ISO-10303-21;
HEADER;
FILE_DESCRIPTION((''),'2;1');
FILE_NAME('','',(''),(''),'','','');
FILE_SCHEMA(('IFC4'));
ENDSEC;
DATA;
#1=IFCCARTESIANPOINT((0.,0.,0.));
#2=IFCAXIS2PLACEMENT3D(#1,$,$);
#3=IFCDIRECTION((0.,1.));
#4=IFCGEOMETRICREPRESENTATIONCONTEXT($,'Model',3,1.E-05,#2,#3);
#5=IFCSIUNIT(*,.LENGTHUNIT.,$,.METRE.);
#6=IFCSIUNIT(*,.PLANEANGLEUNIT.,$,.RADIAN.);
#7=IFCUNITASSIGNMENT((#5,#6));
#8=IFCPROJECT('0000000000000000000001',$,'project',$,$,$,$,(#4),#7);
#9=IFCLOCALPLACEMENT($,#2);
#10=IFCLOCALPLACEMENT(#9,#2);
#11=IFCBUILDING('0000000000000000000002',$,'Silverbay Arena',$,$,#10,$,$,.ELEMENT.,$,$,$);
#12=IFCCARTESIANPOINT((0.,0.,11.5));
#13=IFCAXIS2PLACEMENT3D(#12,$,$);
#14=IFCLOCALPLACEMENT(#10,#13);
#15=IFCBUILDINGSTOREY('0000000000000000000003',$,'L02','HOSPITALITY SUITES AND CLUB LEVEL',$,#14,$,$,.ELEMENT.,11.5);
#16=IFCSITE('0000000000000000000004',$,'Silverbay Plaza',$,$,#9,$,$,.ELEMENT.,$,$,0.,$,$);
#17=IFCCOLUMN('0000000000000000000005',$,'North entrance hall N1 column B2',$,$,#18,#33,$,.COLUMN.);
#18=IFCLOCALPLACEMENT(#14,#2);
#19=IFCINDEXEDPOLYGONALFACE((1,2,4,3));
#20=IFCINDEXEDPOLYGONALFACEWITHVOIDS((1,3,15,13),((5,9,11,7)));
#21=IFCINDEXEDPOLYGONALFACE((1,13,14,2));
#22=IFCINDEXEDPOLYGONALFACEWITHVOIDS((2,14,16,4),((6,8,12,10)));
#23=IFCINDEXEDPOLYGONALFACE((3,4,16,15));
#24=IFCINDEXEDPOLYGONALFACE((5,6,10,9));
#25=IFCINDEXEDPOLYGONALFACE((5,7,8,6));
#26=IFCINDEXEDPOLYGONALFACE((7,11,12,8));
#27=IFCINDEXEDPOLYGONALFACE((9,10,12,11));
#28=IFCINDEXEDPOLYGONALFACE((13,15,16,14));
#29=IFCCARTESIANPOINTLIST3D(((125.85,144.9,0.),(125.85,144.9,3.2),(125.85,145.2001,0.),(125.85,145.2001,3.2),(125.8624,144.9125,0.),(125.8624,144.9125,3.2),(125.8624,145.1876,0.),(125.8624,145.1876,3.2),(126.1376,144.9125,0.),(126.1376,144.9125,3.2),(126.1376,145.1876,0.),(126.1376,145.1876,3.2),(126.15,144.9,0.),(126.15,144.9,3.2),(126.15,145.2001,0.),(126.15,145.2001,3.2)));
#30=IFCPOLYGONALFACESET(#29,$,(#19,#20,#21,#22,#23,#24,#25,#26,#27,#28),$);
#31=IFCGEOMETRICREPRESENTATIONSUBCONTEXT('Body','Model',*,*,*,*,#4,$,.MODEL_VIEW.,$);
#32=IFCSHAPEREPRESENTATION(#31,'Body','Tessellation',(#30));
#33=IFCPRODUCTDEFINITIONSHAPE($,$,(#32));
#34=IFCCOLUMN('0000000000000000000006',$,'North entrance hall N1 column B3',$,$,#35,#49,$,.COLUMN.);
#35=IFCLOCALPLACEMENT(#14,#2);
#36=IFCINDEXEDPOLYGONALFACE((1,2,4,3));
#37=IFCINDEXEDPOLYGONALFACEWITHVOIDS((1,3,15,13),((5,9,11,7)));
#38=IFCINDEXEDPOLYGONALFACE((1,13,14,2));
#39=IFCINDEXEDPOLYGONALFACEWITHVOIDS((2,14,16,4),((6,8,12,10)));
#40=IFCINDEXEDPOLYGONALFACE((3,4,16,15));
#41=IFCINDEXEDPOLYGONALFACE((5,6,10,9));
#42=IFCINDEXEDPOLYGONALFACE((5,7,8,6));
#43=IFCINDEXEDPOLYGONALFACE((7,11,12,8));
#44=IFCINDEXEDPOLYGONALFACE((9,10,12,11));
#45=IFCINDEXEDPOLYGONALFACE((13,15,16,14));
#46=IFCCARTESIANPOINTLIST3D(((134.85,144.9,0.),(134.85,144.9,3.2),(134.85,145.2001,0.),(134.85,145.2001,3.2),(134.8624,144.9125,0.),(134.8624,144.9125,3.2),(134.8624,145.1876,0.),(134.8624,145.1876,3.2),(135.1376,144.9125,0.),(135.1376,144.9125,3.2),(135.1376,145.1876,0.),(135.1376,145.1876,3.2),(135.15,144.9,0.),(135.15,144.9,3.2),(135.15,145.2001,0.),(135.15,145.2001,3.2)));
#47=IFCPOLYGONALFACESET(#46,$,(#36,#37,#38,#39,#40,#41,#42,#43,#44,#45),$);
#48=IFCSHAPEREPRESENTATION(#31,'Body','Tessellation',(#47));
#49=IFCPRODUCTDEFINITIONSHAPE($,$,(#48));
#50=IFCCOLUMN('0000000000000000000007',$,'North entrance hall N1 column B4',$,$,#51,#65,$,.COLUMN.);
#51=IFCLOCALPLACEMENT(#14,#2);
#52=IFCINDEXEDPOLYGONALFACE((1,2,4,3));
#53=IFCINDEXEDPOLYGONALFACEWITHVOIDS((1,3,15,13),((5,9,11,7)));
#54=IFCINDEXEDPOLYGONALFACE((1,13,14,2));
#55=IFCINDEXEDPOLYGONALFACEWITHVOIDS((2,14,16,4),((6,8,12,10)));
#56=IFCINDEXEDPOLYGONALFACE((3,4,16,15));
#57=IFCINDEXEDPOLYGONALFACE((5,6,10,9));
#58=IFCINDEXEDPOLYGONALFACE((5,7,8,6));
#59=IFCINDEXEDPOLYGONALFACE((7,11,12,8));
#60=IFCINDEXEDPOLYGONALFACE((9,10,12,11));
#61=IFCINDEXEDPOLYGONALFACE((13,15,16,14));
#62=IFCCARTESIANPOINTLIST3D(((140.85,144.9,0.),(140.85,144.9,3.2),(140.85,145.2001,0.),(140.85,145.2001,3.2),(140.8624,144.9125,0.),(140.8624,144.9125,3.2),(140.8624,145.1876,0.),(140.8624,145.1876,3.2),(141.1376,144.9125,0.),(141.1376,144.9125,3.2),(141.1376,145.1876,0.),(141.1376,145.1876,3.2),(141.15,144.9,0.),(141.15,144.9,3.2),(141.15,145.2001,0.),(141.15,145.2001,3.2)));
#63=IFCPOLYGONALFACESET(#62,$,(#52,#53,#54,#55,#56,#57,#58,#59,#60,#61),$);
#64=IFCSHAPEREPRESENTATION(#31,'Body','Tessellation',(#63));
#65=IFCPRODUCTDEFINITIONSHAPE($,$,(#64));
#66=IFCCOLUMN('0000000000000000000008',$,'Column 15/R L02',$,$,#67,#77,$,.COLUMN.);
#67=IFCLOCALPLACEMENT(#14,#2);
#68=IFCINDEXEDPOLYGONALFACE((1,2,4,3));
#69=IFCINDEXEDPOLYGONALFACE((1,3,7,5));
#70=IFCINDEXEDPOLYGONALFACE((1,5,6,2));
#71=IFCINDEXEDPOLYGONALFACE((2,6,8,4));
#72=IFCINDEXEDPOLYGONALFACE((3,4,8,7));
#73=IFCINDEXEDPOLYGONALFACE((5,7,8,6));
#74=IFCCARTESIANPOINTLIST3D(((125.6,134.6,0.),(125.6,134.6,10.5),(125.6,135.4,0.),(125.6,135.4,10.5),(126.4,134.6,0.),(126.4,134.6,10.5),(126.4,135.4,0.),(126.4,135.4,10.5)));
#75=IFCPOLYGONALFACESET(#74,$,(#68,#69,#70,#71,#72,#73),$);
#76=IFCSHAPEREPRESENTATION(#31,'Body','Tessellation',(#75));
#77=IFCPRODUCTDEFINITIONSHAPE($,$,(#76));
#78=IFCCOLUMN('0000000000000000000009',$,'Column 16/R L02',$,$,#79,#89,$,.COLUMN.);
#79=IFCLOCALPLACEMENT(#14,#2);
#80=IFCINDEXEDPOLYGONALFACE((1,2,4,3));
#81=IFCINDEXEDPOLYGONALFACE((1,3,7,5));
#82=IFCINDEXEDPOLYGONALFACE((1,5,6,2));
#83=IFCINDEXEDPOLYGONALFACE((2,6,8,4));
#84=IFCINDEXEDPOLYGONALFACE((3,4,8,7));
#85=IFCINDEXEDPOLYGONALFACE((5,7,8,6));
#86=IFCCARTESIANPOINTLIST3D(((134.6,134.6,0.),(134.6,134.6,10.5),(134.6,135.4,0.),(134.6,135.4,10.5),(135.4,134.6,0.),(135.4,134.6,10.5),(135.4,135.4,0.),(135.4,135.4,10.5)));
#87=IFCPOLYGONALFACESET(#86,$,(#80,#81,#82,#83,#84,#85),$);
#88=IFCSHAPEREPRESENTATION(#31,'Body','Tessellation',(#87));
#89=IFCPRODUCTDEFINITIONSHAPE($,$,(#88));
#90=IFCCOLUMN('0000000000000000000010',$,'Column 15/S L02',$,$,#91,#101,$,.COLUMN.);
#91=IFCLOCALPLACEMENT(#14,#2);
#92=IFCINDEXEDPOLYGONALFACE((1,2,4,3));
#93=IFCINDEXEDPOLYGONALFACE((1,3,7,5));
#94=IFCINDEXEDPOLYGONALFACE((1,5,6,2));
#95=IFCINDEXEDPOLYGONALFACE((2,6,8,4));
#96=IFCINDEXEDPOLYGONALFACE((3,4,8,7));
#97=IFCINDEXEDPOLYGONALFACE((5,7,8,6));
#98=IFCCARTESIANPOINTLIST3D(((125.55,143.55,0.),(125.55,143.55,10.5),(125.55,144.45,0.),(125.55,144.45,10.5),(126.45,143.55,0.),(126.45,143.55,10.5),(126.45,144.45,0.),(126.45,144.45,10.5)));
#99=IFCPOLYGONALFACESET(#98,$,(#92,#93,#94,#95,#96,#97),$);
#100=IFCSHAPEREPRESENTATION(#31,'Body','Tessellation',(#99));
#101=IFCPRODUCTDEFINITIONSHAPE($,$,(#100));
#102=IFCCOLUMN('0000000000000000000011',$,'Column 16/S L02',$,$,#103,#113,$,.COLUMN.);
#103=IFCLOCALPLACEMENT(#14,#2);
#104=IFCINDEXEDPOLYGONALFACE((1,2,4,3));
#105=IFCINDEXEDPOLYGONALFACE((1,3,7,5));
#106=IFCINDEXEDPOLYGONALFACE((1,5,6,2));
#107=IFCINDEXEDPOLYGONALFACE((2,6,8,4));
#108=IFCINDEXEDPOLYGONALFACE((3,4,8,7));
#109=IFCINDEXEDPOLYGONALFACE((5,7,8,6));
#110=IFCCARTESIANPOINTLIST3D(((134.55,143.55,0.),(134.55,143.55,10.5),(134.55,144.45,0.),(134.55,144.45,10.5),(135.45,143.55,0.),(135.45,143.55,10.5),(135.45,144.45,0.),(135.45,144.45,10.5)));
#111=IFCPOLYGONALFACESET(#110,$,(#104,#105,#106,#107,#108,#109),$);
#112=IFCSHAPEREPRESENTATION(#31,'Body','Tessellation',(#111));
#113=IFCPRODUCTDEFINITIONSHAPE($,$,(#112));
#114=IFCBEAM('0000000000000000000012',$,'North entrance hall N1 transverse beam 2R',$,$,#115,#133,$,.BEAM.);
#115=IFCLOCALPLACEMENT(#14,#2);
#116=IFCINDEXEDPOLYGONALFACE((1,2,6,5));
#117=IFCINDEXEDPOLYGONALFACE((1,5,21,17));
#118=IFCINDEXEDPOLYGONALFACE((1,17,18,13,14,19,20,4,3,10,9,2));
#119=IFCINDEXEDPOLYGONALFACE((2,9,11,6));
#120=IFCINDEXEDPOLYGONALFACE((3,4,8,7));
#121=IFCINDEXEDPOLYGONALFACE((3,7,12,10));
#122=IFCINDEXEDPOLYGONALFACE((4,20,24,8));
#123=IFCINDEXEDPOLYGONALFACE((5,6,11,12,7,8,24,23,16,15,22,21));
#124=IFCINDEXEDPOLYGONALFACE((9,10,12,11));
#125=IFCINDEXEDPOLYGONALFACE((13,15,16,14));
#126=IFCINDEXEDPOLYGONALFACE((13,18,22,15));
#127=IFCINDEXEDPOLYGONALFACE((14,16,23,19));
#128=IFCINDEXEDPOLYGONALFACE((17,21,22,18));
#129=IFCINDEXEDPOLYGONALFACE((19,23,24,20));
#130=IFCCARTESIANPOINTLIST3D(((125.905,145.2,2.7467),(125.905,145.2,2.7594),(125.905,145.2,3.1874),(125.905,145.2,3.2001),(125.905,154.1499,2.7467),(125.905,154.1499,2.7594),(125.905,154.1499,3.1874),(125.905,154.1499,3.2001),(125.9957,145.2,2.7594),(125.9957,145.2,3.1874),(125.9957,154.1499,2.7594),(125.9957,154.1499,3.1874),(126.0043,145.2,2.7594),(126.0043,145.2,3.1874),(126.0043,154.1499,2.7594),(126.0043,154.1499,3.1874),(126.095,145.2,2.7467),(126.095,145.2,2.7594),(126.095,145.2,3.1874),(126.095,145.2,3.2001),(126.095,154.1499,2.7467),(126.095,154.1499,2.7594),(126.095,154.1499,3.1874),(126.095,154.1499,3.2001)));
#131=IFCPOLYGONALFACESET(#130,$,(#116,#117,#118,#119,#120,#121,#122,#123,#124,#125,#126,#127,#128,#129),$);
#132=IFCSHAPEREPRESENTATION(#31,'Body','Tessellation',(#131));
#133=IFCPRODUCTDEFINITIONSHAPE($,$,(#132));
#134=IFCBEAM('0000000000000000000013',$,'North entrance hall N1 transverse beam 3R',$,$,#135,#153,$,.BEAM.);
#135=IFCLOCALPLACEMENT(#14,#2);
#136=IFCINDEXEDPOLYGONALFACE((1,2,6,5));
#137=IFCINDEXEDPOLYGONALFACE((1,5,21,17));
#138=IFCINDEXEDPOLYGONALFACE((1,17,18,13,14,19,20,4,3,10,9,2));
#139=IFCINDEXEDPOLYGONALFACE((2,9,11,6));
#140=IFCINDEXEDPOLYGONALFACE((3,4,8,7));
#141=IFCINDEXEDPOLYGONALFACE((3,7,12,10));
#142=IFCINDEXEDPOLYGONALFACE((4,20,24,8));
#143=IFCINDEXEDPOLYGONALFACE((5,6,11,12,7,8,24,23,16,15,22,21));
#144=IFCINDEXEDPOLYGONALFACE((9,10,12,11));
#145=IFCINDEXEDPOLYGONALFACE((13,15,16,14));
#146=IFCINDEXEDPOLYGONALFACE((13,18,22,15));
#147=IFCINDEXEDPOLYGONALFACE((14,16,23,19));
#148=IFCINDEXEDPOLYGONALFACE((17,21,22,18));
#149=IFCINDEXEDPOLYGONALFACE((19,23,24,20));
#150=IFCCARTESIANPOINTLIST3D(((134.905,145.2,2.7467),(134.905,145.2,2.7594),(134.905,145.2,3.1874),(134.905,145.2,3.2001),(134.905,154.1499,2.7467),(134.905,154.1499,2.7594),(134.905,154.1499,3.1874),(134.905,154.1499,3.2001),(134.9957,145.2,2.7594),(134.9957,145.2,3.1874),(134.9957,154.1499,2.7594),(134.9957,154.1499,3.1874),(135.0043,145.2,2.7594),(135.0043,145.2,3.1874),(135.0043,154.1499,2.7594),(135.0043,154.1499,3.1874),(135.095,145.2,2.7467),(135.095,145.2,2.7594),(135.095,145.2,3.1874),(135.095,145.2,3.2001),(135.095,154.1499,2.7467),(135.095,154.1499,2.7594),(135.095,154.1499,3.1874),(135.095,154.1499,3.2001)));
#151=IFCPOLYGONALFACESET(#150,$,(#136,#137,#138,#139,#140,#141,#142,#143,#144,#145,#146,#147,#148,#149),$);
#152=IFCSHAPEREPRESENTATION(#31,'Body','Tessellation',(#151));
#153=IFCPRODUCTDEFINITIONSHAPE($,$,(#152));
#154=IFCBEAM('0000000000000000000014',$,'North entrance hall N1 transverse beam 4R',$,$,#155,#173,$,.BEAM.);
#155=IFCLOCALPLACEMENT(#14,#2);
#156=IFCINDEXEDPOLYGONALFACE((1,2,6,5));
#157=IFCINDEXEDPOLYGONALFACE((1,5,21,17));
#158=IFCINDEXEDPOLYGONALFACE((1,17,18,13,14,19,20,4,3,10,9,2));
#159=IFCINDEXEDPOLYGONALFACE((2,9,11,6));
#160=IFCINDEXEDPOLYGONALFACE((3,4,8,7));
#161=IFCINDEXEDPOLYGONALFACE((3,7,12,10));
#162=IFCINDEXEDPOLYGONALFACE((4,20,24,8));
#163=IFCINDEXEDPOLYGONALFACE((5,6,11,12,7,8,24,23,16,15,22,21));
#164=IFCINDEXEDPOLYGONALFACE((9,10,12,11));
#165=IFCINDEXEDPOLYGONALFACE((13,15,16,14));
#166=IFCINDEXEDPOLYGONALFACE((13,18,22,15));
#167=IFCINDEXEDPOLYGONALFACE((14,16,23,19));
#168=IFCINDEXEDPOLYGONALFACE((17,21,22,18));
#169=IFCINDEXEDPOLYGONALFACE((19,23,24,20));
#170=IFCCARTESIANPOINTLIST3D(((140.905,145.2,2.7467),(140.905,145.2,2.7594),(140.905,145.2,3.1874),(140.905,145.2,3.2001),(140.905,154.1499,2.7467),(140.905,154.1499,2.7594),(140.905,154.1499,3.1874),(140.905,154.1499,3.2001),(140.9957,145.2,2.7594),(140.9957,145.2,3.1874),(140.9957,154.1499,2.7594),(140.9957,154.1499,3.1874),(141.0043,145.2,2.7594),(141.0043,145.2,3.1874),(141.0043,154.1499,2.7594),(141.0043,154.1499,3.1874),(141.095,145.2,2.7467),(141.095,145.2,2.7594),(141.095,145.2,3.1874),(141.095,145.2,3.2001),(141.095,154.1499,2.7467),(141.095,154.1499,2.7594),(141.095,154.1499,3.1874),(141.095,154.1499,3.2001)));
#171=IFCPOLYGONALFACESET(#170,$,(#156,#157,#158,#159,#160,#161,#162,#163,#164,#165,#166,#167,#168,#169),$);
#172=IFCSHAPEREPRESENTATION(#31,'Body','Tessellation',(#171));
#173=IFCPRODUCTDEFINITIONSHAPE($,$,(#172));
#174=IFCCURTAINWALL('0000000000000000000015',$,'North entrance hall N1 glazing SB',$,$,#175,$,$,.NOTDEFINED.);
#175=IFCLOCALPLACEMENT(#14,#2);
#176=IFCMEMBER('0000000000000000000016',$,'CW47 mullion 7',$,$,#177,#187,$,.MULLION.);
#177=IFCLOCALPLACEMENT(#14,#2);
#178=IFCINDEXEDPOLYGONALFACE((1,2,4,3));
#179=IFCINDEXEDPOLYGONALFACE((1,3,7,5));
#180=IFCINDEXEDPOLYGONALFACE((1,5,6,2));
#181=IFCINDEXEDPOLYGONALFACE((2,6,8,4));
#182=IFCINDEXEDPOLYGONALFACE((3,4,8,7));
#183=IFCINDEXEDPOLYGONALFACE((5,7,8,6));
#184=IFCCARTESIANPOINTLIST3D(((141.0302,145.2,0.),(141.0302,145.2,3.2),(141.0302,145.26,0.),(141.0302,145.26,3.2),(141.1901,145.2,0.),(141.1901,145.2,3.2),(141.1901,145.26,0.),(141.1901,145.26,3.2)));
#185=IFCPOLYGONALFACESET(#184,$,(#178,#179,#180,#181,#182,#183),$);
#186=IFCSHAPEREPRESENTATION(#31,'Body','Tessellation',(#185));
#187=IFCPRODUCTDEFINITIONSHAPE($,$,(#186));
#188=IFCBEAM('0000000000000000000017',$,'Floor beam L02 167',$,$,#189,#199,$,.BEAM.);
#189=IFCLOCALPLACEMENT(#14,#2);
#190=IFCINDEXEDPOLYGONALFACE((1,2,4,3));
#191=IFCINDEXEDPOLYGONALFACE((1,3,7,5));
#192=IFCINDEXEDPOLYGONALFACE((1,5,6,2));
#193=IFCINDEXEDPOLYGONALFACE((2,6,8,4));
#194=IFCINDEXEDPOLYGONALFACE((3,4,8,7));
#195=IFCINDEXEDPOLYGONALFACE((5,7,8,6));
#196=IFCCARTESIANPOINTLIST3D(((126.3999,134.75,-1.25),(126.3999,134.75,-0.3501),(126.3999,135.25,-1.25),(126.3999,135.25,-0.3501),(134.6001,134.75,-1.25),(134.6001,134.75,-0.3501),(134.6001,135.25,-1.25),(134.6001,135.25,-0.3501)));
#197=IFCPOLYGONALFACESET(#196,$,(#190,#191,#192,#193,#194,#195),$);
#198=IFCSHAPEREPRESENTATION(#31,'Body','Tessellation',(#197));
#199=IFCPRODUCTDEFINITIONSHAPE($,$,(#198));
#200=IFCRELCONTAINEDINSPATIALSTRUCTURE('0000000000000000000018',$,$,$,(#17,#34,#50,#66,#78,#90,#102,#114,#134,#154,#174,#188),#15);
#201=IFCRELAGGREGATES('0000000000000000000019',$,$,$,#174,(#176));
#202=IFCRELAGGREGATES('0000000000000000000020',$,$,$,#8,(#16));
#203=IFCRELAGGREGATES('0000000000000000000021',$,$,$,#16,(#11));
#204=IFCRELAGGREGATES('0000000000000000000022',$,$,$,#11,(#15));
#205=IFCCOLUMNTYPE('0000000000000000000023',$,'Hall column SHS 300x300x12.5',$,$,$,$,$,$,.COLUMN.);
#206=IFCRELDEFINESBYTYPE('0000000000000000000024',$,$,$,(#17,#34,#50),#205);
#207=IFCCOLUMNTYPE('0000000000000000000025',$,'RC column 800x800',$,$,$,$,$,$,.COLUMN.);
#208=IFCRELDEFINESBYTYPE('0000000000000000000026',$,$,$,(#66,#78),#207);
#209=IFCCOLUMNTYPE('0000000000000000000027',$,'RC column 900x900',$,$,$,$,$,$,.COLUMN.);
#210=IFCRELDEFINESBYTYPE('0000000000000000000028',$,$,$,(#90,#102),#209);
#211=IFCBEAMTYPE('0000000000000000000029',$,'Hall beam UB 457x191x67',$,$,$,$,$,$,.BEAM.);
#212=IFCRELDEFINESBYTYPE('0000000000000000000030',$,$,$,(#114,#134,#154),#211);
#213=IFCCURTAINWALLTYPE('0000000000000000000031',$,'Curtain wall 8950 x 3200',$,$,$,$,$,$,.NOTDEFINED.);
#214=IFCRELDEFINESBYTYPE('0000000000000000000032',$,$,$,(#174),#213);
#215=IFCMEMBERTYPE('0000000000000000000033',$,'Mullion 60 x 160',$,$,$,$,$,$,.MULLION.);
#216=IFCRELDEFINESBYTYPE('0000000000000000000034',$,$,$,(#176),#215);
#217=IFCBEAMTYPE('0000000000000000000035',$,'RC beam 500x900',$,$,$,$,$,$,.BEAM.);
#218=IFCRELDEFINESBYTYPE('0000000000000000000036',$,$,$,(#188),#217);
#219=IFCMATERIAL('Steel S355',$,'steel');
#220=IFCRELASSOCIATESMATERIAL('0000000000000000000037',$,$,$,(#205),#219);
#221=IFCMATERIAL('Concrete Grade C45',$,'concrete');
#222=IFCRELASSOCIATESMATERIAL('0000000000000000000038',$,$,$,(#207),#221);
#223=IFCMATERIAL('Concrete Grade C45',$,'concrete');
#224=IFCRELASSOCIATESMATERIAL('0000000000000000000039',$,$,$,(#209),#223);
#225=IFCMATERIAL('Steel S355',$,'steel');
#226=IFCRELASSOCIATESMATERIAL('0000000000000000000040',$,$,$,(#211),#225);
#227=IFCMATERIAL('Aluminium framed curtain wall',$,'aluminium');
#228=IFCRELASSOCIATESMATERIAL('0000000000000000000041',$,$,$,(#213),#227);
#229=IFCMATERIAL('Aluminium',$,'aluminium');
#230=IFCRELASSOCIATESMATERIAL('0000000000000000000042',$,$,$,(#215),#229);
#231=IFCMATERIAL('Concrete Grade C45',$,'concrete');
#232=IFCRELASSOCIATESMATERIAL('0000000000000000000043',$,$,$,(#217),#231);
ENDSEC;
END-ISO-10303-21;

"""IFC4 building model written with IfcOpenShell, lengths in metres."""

from ifc_helpers import new_model, si_unit, direction, frame, origin, origin_2d, place, context, subcontext, project, spatial, rectangle, hollow_rectangle, i_section, extrude, material, material_profile, profile_set, type_object, element, aggregate, save


model = new_model("IFC4")

# Units and contexts
model_context = context("Model", 3, precision=1e-05, world=origin(), true_north=direction((0.0, 1.0)))
body_context = subcontext(model_context, "Body", "Model", "MODEL_VIEW")
ifc_project = project(units=[si_unit("LENGTHUNIT", "METRE"), si_unit("PLANEANGLEUNIT", "RADIAN")], contexts=[model_context])

# Site, building, storey
site_placement = place(None, origin())
site = spatial("IfcSite", under=ifc_project, at=site_placement, Name="Silverbay Plaza", CompositionType="ELEMENT", RefElevation=0.0)
building_placement = place(site_placement, origin())
building = spatial("IfcBuilding", under=site, at=building_placement, Name="Silverbay Arena", CompositionType="ELEMENT")
storey_placement = place(building_placement, frame((0.0, 0.0, 11.5)))
storey = spatial("IfcBuildingStorey", under=building, at=storey_placement, Name="L02", Description="HOSPITALITY SUITES AND CLUB LEVEL", CompositionType="ELEMENT", Elevation=11.5)

# Columns
ifc_material_1 = material(Name="Steel S355", Category="steel")
ifc_material_profile_1 = material_profile(ifc_material_1, hollow_rectangle(XDim=0.3, YDim=0.3, WallThickness=0.0125, at=origin_2d()), Name="SHS 300x300x12.5")
ifc_profile_set_1 = profile_set([ifc_material_profile_1], Name="Steel S355")
column_type_1 = type_object("IfcColumnType", Name="Hall column SHS 300x300x12.5", PredefinedType="COLUMN", material=ifc_profile_set_1)
for number, where, z_axis, x_axis, name in (
    (1, (126.0, 145.05, 0.0), (0.0, 0.0, 1.0), (1.0, 0.0, 0.0), "North entrance hall N1 column B2"),
    (2, (135.0, 145.05, 0.0), (0.0, 0.0, 1.0), (1.0, 0.0, 0.0), "North entrance hall N1 column B3"),
    (3, (141.0, 145.05, 0.0), (0.0, 0.0, 1.0), (1.0, 0.0, 0.0), "North entrance hall N1 column B4"),
):
    element("IfcColumn", number, at=place(storey_placement, frame(where, z_axis=z_axis, x_axis=x_axis)), inside=storey, type_object=column_type_1, Name=name, PredefinedType="COLUMN", context=body_context, shape_type="SweptSolid", body=[
        extrude(hollow_rectangle(XDim=0.3, YDim=0.3, WallThickness=0.0125, at=origin_2d()), origin(), (0.0, 0.0, 1.0), 3.2),
    ])
ifc_material_2 = material(Name="Concrete Grade C45", Category="concrete")
ifc_material_profile_2 = material_profile(ifc_material_2, rectangle(XDim=0.8, YDim=0.8, at=origin_2d()), Name="RC 800x800")
ifc_profile_set_2 = profile_set([ifc_material_profile_2], Name="Concrete Grade C45")
column_type_2 = type_object("IfcColumnType", Name="RC column 800x800", PredefinedType="COLUMN", material=ifc_profile_set_2)
for number, where, z_axis, x_axis, name in (
    (4, (126.0, 135.0, 0.0), (0.0, 0.0, 1.0), (1.0, 0.0, 0.0), "Column 15/R L02"),
    (5, (135.0, 135.0, 0.0), (0.0, 0.0, 1.0), (1.0, 0.0, 0.0), "Column 16/R L02"),
):
    element("IfcColumn", number, at=place(storey_placement, frame(where, z_axis=z_axis, x_axis=x_axis)), inside=storey, type_object=column_type_2, Name=name, PredefinedType="COLUMN", context=body_context, shape_type="SweptSolid", body=[
        extrude(rectangle(XDim=0.8, YDim=0.8, at=origin_2d()), origin(), (0.0, 0.0, 1.0), 10.5),
    ])
ifc_material_3 = material(Name="Concrete Grade C45", Category="concrete")
ifc_material_profile_3 = material_profile(ifc_material_3, rectangle(XDim=0.8999, YDim=0.8999, at=origin_2d()), Name="RC 900x900")
ifc_profile_set_3 = profile_set([ifc_material_profile_3], Name="Concrete Grade C45")
column_type_3 = type_object("IfcColumnType", Name="RC column 900x900", PredefinedType="COLUMN", material=ifc_profile_set_3)
for number, where, z_axis, x_axis, name in (
    (6, (126.0, 144.0, 0.0), (0.0, 0.0, 1.0), (1.0, 0.0, 0.0), "Column 15/S L02"),
    (7, (135.0, 144.0, 0.0), (0.0, 0.0, 1.0), (1.0, 0.0, 0.0), "Column 16/S L02"),
):
    element("IfcColumn", number, at=place(storey_placement, frame(where, z_axis=z_axis, x_axis=x_axis)), inside=storey, type_object=column_type_3, Name=name, PredefinedType="COLUMN", context=body_context, shape_type="SweptSolid", body=[
        extrude(rectangle(XDim=0.8999, YDim=0.8999, at=origin_2d()), origin(), (0.0, 0.0, 1.0), 10.5),
    ])

# Beams
ifc_material_4 = material(Name="Steel S355", Category="steel")
ifc_material_profile_4 = material_profile(ifc_material_4, i_section(OverallWidth=0.1899, OverallDepth=0.4534, WebThickness=0.0085, FlangeThickness=0.0127, at=origin_2d()), Name="UB 457x191x67")
ifc_profile_set_4 = profile_set([ifc_material_profile_4], Name="Steel S355")
beam_type_1 = type_object("IfcBeamType", Name="Hall beam UB 457x191x67", PredefinedType="BEAM", material=ifc_profile_set_4)
for number, where, z_axis, x_axis, name in (
    (8, (126.0, 145.2, 2.9734), (0.0, 1.0, 0.0), (-1.0, 0.0, 0.0), "North entrance hall N1 transverse beam 2R"),
    (9, (135.0, 145.2, 2.9734), (0.0, 1.0, 0.0), (-1.0, 0.0, 0.0), "North entrance hall N1 transverse beam 3R"),
    (10, (141.0, 145.2, 2.9734), (0.0, 1.0, 0.0), (-1.0, 0.0, 0.0), "North entrance hall N1 transverse beam 4R"),
):
    element("IfcBeam", number, at=place(storey_placement, frame(where, z_axis=z_axis, x_axis=x_axis)), inside=storey, type_object=beam_type_1, Name=name, PredefinedType="BEAM", context=body_context, shape_type="SweptSolid", body=[
        extrude(i_section(OverallWidth=0.1899, OverallDepth=0.4534, WebThickness=0.0085, FlangeThickness=0.0127, at=origin_2d()), origin(), (0.0, 0.0, 1.0), 8.95),
    ])

# Curtain wall, member
ifc_material_5 = material(Name="Aluminium framed curtain wall", Category="aluminium")
curtain_wall_type = type_object("IfcCurtainWallType", Name="Curtain wall 8950 x 3200", PredefinedType="NOTDEFINED", material=ifc_material_5)
curtain_wall_placement = place(storey_placement, origin())
curtain_wall = element("IfcCurtainWall", 11, at=curtain_wall_placement, inside=storey, type_object=curtain_wall_type, Name="North entrance hall N1 glazing SB", PredefinedType="NOTDEFINED")
ifc_material_6 = material(Name="Aluminium", Category="aluminium")
ifc_material_profile_5 = material_profile(ifc_material_6, rectangle(XDim=0.1599, YDim=0.0601, at=origin_2d()), Name="Mullion 60 x 160")
ifc_profile_set_5 = profile_set([ifc_material_profile_5], Name="Aluminium")
member_type_1 = type_object("IfcMemberType", Name="Mullion 60 x 160", PredefinedType="MULLION", material=ifc_profile_set_5)
member_1_placement = place(storey_placement, frame((141.1101, 145.23, 0.0), z_axis=(0.0, 0.0, 1.0), x_axis=(1.0, 0.0, 0.0)))
member_1 = element("IfcMember", 12, at=member_1_placement, type_object=member_type_1, Name="CW47 mullion 7", PredefinedType="MULLION", context=body_context, shape_type="SweptSolid", body=[
    extrude(rectangle(XDim=0.1599, YDim=0.0601, at=origin_2d()), origin(), (0.0, 0.0, 1.0), 3.2),
])

# Beam
ifc_material_7 = material(Name="Concrete Grade C45", Category="concrete")
ifc_material_profile_6 = material_profile(ifc_material_7, rectangle(XDim=0.5, YDim=0.8999, at=origin_2d()), Name="RC 500x900")
ifc_profile_set_6 = profile_set([ifc_material_profile_6], Name="Concrete Grade C45")
beam_type_2 = type_object("IfcBeamType", Name="RC beam 500x900", PredefinedType="BEAM", material=ifc_profile_set_6)
beam_1_placement = place(storey_placement, frame((126.3999, 135.0, -0.8), z_axis=(1.0, 0.0, 0.0), x_axis=(0.0, 1.0, 0.0)))
element("IfcBeam", 13, at=beam_1_placement, inside=storey, type_object=beam_type_2, Name="Floor beam L02 167", PredefinedType="BEAM", context=body_context, shape_type="SweptSolid", body=[
    extrude(rectangle(XDim=0.5, YDim=0.8999, at=origin_2d()), origin(), (0.0, 0.0, 1.0), 8.2002),
])

aggregate(curtain_wall, [member_1])

save(model, "model.ifc")
